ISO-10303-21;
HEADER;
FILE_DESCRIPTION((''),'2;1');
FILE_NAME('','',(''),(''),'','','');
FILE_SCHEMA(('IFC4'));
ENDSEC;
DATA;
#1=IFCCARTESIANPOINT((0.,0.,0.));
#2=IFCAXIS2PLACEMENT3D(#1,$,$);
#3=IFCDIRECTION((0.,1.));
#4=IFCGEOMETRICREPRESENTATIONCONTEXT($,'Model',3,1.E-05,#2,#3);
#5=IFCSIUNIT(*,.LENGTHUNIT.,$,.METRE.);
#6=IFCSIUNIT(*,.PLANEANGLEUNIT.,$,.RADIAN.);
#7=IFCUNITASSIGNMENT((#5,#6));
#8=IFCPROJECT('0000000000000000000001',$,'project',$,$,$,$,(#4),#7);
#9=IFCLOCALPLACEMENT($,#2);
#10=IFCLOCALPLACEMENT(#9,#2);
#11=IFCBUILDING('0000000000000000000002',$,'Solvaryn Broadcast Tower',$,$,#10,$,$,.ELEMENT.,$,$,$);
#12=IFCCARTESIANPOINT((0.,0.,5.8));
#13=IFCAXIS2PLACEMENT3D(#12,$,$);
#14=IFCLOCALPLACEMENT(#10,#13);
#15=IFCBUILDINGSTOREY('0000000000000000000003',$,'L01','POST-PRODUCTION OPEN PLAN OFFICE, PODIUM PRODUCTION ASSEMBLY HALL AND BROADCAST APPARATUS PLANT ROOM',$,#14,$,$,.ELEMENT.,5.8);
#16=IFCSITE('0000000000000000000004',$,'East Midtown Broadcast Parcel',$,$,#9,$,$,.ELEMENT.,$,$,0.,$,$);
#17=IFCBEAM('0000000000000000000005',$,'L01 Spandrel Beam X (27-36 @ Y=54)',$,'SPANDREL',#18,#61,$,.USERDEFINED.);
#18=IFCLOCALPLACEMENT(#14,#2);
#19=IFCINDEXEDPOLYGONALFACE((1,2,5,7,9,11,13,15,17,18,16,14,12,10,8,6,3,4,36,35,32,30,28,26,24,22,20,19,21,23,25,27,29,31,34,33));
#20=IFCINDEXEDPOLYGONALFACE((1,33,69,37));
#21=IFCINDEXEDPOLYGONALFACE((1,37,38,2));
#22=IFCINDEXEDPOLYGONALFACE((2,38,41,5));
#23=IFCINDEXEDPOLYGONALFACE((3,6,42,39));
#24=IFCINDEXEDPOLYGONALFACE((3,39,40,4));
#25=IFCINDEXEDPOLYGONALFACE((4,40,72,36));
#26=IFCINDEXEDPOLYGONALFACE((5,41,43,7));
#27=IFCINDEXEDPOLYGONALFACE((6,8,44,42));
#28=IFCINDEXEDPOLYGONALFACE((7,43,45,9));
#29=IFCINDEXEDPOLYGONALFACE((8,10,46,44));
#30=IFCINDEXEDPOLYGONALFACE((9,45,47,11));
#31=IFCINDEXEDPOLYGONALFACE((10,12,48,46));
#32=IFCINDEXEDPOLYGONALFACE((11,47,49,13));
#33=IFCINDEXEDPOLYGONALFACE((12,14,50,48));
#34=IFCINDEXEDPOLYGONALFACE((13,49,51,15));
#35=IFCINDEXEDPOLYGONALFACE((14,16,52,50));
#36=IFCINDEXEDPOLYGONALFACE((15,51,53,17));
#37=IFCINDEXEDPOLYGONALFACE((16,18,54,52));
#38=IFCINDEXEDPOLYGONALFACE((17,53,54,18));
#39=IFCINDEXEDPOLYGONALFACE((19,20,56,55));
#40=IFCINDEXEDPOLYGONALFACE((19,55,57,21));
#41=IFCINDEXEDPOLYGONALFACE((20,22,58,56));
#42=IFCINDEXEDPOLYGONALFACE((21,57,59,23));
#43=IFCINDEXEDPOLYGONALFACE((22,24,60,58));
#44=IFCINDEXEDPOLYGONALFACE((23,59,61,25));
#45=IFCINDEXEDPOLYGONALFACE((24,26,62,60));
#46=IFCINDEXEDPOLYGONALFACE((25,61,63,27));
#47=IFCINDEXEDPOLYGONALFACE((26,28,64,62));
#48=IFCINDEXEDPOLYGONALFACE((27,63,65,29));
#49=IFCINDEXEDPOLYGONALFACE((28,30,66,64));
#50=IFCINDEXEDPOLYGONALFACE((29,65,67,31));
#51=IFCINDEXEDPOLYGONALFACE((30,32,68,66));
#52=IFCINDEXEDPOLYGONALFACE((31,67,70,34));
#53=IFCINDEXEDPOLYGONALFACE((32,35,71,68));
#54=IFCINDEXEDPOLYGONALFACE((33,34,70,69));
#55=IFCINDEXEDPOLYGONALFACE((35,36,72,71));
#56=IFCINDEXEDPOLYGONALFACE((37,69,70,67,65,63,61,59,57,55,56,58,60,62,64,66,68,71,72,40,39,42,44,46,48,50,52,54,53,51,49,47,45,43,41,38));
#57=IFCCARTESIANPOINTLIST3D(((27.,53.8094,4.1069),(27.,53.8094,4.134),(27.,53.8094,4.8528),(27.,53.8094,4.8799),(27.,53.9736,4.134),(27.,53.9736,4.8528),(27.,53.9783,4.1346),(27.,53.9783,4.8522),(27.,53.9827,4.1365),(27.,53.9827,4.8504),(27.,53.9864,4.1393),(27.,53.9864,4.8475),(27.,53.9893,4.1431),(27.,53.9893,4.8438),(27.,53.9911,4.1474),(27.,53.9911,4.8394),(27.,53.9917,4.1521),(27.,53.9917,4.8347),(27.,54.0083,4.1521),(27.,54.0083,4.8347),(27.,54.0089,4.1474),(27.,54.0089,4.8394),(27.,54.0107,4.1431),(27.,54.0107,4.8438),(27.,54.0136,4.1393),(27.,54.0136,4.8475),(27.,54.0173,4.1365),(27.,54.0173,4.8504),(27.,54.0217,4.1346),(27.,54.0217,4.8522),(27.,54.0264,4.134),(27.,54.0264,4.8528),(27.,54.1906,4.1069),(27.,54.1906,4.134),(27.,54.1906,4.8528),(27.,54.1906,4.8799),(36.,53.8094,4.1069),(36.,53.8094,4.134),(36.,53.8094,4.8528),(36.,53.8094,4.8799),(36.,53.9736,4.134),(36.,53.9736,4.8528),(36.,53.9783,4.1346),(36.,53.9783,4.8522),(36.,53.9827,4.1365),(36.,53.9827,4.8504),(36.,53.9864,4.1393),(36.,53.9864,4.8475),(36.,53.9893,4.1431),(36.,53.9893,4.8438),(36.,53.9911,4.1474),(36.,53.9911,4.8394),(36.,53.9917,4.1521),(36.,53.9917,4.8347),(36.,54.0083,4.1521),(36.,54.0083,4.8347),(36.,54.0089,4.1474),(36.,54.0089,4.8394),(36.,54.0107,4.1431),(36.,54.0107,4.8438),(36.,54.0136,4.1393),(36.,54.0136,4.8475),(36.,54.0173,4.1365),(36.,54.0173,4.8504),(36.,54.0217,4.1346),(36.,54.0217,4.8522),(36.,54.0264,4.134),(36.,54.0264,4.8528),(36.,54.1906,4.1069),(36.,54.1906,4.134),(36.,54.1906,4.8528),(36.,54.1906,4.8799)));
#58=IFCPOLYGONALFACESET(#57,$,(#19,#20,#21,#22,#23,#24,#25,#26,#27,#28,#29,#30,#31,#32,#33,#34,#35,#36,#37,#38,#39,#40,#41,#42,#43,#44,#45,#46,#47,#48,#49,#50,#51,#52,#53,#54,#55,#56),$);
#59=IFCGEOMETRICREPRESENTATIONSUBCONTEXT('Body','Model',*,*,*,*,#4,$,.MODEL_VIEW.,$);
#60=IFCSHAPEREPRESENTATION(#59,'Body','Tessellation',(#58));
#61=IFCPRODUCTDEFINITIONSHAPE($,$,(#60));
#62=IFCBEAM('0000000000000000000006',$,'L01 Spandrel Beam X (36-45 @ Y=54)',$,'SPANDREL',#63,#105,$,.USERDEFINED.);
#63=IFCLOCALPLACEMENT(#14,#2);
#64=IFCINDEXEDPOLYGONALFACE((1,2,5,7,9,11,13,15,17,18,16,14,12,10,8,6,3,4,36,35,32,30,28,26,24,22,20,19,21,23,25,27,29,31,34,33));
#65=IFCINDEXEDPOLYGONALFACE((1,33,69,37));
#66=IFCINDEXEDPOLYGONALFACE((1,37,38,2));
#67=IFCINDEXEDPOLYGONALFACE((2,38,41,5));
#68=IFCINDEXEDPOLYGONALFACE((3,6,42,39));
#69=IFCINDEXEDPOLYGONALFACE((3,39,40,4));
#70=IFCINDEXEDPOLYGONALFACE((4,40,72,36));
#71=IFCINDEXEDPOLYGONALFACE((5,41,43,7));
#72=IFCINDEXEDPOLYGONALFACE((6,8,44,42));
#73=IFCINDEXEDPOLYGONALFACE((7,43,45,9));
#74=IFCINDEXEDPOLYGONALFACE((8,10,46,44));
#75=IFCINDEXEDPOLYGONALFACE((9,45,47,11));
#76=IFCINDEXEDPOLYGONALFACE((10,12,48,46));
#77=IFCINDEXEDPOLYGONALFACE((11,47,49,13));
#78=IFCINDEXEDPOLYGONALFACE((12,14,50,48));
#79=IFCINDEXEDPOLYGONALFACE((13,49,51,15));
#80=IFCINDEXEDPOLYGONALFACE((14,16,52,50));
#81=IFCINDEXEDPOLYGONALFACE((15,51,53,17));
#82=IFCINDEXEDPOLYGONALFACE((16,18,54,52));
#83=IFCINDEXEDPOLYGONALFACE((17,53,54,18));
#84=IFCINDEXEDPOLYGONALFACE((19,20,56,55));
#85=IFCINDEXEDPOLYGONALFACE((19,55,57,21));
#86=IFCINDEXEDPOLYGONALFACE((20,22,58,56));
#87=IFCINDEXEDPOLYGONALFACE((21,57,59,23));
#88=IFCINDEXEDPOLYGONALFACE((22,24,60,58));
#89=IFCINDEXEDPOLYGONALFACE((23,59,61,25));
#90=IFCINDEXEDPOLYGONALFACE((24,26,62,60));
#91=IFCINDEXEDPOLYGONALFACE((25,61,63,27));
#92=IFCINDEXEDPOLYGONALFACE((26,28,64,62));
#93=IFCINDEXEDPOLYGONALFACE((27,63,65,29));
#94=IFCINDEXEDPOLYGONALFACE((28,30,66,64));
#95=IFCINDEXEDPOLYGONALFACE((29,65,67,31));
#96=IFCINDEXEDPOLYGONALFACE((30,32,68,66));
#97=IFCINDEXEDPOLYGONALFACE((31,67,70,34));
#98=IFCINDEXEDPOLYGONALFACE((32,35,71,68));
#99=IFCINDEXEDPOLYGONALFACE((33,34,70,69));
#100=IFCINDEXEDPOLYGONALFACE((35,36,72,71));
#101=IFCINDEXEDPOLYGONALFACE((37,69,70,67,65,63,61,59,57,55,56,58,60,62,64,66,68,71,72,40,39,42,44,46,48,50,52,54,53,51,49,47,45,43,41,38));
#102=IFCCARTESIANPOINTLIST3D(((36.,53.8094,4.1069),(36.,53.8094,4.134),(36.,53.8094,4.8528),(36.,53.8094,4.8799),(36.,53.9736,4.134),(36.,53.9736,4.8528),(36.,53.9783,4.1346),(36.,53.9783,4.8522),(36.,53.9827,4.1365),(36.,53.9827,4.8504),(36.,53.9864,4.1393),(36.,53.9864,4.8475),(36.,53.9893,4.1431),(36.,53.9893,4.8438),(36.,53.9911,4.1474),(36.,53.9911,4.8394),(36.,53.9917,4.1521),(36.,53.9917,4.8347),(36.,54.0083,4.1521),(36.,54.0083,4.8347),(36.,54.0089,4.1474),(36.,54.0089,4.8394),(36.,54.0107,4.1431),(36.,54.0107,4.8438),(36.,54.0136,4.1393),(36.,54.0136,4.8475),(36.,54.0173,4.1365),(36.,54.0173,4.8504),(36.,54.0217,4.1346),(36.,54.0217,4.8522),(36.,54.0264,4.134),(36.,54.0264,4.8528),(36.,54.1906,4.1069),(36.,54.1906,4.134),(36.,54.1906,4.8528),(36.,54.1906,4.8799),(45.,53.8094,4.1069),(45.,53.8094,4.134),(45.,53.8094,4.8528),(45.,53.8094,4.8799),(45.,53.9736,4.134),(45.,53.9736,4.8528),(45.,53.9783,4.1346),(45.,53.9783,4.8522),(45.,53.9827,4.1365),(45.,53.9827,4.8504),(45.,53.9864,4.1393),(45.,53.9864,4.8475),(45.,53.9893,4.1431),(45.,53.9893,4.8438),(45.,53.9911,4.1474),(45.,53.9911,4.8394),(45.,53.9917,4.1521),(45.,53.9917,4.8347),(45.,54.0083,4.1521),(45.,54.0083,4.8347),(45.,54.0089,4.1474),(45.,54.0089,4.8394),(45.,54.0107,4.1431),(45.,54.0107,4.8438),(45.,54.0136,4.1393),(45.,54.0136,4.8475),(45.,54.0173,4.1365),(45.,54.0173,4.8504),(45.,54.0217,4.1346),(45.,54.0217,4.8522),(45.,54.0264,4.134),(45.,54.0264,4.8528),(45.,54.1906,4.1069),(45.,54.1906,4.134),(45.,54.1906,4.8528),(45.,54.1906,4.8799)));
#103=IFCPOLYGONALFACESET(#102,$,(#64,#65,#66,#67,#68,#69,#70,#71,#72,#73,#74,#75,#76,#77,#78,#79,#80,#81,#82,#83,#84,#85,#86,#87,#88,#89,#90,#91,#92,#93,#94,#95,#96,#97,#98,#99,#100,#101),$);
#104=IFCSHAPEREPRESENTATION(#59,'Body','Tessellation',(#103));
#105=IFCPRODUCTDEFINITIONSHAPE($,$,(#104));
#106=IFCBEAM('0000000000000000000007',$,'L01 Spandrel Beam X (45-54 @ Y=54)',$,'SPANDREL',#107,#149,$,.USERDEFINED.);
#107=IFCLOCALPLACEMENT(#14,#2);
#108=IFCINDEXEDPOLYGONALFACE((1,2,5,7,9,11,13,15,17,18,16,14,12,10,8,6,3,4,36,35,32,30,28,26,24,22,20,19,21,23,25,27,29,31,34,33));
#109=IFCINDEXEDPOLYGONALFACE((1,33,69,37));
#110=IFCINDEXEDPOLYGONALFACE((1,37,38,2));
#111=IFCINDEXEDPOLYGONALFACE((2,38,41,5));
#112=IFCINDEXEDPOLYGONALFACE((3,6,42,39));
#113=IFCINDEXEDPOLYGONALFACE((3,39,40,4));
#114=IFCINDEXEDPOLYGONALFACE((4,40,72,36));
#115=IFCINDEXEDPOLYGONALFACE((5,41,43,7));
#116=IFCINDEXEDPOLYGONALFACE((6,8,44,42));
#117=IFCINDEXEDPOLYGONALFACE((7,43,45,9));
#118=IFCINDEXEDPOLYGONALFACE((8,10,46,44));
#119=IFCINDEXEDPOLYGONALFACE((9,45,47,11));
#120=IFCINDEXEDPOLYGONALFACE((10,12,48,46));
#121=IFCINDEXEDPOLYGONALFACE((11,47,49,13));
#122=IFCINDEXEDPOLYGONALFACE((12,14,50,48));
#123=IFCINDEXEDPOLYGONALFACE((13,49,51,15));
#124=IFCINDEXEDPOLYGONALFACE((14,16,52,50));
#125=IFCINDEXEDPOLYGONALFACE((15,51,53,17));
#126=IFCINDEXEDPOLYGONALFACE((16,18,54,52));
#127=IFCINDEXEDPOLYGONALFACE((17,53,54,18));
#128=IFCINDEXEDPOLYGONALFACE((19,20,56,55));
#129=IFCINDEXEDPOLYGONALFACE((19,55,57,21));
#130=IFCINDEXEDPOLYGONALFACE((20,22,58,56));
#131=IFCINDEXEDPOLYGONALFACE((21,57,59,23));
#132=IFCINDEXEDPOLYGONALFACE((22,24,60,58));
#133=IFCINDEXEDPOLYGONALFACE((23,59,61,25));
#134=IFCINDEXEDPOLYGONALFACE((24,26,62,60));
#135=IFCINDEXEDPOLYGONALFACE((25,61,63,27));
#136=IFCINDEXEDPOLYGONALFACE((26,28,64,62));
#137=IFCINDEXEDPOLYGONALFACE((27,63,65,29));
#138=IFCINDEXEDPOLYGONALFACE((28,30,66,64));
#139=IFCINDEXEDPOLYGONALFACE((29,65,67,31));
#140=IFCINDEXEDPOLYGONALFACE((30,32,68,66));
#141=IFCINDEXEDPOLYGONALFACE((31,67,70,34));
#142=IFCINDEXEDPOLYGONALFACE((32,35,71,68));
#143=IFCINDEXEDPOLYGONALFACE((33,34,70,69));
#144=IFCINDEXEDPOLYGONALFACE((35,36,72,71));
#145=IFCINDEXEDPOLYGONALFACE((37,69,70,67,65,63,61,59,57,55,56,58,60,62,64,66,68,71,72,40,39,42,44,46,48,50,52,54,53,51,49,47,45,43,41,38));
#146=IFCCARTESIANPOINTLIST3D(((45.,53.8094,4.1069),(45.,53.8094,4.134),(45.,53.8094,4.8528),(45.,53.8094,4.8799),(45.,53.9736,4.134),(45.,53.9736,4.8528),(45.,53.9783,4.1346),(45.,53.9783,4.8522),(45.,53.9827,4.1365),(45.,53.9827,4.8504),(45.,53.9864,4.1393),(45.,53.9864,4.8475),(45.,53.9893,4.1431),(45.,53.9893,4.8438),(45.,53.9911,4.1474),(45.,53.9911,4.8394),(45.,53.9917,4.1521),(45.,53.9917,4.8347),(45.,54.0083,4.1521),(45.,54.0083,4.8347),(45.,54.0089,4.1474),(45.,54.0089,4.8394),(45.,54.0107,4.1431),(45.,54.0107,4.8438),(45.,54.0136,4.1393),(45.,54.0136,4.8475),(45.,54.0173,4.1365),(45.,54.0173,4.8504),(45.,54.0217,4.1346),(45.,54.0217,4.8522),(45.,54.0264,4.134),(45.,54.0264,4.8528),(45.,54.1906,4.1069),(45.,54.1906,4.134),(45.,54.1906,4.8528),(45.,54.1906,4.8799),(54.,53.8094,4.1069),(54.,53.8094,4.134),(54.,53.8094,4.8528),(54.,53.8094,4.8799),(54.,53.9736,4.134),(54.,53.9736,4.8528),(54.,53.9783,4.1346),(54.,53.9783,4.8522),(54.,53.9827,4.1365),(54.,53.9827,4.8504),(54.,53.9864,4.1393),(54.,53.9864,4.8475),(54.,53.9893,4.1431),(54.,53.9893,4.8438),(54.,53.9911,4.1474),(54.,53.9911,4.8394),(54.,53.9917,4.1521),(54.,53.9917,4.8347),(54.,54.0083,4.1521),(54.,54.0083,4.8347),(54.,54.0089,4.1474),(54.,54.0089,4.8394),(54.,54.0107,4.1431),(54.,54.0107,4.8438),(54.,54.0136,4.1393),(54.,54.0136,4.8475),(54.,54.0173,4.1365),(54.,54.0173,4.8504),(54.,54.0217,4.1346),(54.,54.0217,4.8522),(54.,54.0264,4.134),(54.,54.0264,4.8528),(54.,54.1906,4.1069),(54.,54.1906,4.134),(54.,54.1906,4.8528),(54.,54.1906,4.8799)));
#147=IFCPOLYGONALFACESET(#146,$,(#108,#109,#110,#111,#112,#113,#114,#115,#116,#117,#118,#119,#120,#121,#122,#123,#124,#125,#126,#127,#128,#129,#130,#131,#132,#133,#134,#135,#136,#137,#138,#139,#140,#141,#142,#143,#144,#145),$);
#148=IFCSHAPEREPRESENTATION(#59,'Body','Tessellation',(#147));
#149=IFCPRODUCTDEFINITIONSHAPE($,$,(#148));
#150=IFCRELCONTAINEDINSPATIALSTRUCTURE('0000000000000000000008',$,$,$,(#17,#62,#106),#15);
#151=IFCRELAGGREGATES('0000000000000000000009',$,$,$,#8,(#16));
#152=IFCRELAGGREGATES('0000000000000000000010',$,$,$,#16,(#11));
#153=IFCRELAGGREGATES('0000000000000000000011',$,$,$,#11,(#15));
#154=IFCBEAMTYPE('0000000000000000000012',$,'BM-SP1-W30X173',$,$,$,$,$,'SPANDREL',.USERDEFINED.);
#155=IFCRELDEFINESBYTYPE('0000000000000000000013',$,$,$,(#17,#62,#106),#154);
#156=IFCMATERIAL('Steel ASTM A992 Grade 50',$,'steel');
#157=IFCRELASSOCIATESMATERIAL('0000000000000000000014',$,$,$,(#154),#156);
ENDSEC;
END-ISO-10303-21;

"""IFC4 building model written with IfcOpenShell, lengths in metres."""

from ifc_helpers import new_model, si_unit, direction, frame, origin, origin_2d, place, context, subcontext, project, spatial, i_section, extrude, material, material_profile, profile_set, type_object, element, save


model = new_model("IFC4")

# Units and contexts
model_context = context("Model", 3, precision=1e-05, world=origin(), true_north=direction((0.0, 1.0)))
body_context = subcontext(model_context, "Body", "Model", "MODEL_VIEW")
ifc_project = project(units=[si_unit("LENGTHUNIT", "METRE"), si_unit("PLANEANGLEUNIT", "RADIAN")], contexts=[model_context])

# Site, building, storey
site_placement = place(None, origin())
site = spatial("IfcSite", under=ifc_project, at=site_placement, Name="East Midtown Broadcast Parcel", CompositionType="ELEMENT", RefElevation=0.0)
building_placement = place(site_placement, origin())
building = spatial("IfcBuilding", under=site, at=building_placement, Name="Solvaryn Broadcast Tower", CompositionType="ELEMENT")
storey_placement = place(building_placement, frame((0.0, 0.0, 5.8)))
storey = spatial("IfcBuildingStorey", under=building, at=storey_placement, Name="L01", Description="POST-PRODUCTION OPEN PLAN OFFICE, PODIUM PRODUCTION ASSEMBLY HALL AND BROADCAST APPARATUS PLANT ROOM", CompositionType="ELEMENT", Elevation=5.8)

# Beams
ifc_material_1 = material(Name="Steel ASTM A992 Grade 50", Category="steel")
ifc_material_profile_1 = material_profile(ifc_material_1, i_section(OverallWidth=0.3811, OverallDepth=0.7729, WebThickness=0.0166, FlangeThickness=0.0271, FilletRadius=0.0181, at=origin_2d()))
ifc_profile_set_1 = profile_set([ifc_material_profile_1], Name="Steel ASTM A992 Grade 50")
beam_type_1 = type_object("IfcBeamType", Name="BM-SP1-W30X173", ElementType="SPANDREL", PredefinedType="USERDEFINED", material=ifc_profile_set_1)
for number, where, z_axis, x_axis, name in (
    (1, (27.0, 54.0, 4.4934), (1.0, 0.0, 0.0), (0.0, 1.0, 0.0), "L01 Spandrel Beam X (27-36 @ Y=54)"),
    (2, (36.0, 54.0, 4.4934), (1.0, 0.0, 0.0), (0.0, 1.0, 0.0), "L01 Spandrel Beam X (36-45 @ Y=54)"),
    (3, (45.0, 54.0, 4.4934), (1.0, 0.0, 0.0), (0.0, 1.0, 0.0), "L01 Spandrel Beam X (45-54 @ Y=54)"),
):
    element("IfcBeam", number, at=place(storey_placement, frame(where, z_axis=z_axis, x_axis=x_axis)), inside=storey, type_object=beam_type_1, Name=name, ObjectType="SPANDREL", PredefinedType="USERDEFINED", context=body_context, shape_type="SweptSolid", body=[
        extrude(i_section(OverallWidth=0.3811, OverallDepth=0.7729, WebThickness=0.0166, FlangeThickness=0.0271, FilletRadius=0.0181, at=origin_2d()), origin(), (0.0, 0.0, 1.0), 9.0),
    ])

save(model, "model.ifc")
